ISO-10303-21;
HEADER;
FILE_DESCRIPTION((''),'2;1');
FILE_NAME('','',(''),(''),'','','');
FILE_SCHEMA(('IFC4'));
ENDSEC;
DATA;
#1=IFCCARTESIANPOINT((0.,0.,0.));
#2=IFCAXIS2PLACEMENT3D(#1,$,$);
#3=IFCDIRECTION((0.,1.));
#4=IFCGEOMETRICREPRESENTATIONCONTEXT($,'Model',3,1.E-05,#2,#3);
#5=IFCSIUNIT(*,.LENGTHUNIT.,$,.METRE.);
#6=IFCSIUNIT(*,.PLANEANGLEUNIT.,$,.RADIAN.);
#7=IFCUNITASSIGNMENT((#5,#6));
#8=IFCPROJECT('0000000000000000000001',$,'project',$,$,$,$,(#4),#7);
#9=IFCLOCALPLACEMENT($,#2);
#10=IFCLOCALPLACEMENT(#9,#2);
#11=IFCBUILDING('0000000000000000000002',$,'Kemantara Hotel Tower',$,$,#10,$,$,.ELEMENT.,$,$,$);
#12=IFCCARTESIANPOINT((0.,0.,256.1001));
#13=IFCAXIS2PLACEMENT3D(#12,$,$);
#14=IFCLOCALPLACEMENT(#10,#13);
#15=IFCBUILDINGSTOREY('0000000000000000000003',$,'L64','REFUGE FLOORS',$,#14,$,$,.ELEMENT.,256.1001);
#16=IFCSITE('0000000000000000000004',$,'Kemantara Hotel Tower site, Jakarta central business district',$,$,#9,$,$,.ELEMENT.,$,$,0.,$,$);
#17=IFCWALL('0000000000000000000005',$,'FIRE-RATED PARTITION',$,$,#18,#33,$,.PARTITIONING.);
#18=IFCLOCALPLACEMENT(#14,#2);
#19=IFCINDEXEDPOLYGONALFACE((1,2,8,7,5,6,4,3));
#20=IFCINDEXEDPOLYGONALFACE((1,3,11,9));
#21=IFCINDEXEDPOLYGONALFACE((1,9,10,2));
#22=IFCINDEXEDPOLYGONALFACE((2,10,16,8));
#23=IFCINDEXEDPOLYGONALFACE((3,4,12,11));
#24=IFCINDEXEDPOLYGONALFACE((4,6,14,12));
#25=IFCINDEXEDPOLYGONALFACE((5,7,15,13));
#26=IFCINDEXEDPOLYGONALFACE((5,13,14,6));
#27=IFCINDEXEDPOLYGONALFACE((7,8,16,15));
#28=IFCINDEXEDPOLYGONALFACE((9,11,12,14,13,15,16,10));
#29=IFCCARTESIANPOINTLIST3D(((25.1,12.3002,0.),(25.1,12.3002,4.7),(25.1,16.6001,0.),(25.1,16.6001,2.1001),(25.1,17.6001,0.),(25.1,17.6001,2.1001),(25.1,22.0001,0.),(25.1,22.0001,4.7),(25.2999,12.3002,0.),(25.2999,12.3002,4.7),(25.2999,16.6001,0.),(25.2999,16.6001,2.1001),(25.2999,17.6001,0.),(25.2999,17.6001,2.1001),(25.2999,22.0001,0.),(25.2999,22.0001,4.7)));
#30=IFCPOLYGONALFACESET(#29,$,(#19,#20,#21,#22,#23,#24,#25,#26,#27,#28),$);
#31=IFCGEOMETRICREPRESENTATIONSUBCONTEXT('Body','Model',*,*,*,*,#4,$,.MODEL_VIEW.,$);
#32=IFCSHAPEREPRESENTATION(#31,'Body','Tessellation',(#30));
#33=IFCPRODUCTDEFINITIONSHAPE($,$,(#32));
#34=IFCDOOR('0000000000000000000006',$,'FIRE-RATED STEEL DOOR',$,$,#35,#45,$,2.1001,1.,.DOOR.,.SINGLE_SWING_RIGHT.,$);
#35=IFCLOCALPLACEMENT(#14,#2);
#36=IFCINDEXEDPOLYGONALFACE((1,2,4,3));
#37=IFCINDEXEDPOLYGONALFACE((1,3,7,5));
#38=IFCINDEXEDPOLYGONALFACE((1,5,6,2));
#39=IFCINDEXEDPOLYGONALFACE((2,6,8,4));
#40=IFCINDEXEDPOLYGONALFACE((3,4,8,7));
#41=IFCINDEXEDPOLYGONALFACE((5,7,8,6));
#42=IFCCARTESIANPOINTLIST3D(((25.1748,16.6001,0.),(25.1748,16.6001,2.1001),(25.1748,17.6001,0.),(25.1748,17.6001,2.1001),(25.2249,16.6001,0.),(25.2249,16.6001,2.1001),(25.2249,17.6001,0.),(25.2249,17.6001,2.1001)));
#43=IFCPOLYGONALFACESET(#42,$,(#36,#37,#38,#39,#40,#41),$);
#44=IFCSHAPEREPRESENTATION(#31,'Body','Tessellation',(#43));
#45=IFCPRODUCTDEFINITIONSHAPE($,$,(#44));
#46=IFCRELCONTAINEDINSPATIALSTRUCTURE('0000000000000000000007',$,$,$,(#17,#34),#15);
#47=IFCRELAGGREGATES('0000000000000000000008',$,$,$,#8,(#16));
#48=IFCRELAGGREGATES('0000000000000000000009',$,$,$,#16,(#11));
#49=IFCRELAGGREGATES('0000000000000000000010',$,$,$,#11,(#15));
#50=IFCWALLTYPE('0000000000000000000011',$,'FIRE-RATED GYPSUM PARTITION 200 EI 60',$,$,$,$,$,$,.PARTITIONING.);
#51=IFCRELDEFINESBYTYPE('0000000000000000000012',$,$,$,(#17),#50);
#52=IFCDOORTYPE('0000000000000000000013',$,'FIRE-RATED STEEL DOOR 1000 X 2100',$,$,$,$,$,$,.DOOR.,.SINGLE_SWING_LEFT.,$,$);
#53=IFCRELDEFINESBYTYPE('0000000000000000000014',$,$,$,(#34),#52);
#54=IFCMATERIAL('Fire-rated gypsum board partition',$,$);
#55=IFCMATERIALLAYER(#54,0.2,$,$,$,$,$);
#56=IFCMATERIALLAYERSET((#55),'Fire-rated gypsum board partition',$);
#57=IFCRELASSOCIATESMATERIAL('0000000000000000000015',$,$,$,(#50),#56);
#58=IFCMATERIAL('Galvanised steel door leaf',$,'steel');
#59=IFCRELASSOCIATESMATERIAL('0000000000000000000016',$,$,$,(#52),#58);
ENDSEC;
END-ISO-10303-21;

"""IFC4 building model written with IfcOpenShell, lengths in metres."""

from ifc_helpers import new_model, si_unit, direction, frame, frame_2d, origin, place, context, subcontext, project, spatial, rectangle, extrude, material, layer, layer_set, type_object, element, fill, save


model = new_model("IFC4")

# Units and contexts
model_context = context("Model", 3, precision=1e-05, world=origin(), true_north=direction((0.0, 1.0)))
body_context = subcontext(model_context, "Body", "Model", "MODEL_VIEW")
ifc_project = project(units=[si_unit("LENGTHUNIT", "METRE"), si_unit("PLANEANGLEUNIT", "RADIAN")], contexts=[model_context])

# Site, building, storey
site_placement = place(None, origin())
site = spatial("IfcSite", under=ifc_project, at=site_placement, Name="Kemantara Hotel Tower site, Jakarta central business district", CompositionType="ELEMENT", RefElevation=0.0)
building_placement = place(site_placement, origin())
building = spatial("IfcBuilding", under=site, at=building_placement, Name="Kemantara Hotel Tower", CompositionType="ELEMENT")
storey_placement = place(building_placement, frame((0.0, 0.0, 256.1001)))
storey = spatial("IfcBuildingStorey", under=building, at=storey_placement, Name="L64", Description="REFUGE FLOORS", CompositionType="ELEMENT", Elevation=256.1001)

# Shared definitions
ifc_material_1 = material(Name="Fire-rated gypsum board partition")
ifc_layer_1 = layer(ifc_material_1, 0.2)
ifc_layer_set_1 = layer_set([ifc_layer_1], Name="Fire-rated gypsum board partition")
wall_type_1 = type_object("IfcWallType", Name="FIRE-RATED GYPSUM PARTITION 200 EI 60", PredefinedType="PARTITIONING", material=ifc_layer_set_1)
ifc_material_2 = material(Name="Galvanised steel door leaf", Category="steel")

# Wall, opening, door
wall_1_placement = place(storey_placement, frame((25.2, 12.3, 0.0), z_axis=(0.0, 0.0, 1.0), x_axis=(0.0, 1.0, 0.0)))
wall_1 = element("IfcWall", 1, at=wall_1_placement, inside=storey, type_object=wall_type_1, Name="FIRE-RATED PARTITION", PredefinedType="PARTITIONING", context=body_context, shape_type="SweptSolid", body=[
    extrude(rectangle(XDim=9.7, YDim=0.2, at=frame_2d((4.8501, 0.0))), origin(), (0.0, 0.0, 1.0), 4.7),
])
opening_1_placement = place(wall_1_placement, frame((4.3, 0.0, 0.0)))
opening_1 = element("IfcOpeningElement", 2, at=opening_1_placement, cuts=wall_1, PredefinedType="OPENING", context=body_context, shape_type="SweptSolid", body=[
    extrude(rectangle(XDim=1.0, YDim=2.1001, at=frame_2d((0.5, 1.05))), frame((0.0, 0.1099, 0.0), z_axis=(0.0, -1.0, 0.0), x_axis=(1.0, 0.0, 0.0)), (0.0, 0.0, 1.0), 0.22),
])
door_type_1 = type_object("IfcDoorType", Name="FIRE-RATED STEEL DOOR 1000 X 2100", OperationType="SINGLE_SWING_LEFT", PredefinedType="DOOR", material=ifc_material_2)
door_1_placement = place(opening_1_placement, frame((1.0, 0.0, 0.0), z_axis=(0.0, 0.0, 1.0), x_axis=(-1.0, 0.0, 0.0)))
door_1 = element("IfcDoor", 3, at=door_1_placement, inside=storey, type_object=door_type_1, Name="FIRE-RATED STEEL DOOR", OperationType="SINGLE_SWING_RIGHT", OverallHeight=2.1001, OverallWidth=1.0, PredefinedType="DOOR", context=body_context, shape_type="SweptSolid", body=[
    extrude(rectangle(XDim=1.0, YDim=2.1001, at=frame_2d((0.5, 1.05))), frame((0.0, 0.0249, 0.0), z_axis=(0.0, -1.0, 0.0), x_axis=(1.0, 0.0, 0.0)), (0.0, 0.0, 1.0), 0.05),
])
fill(opening_1, door_1)

save(model, "model.ifc")
